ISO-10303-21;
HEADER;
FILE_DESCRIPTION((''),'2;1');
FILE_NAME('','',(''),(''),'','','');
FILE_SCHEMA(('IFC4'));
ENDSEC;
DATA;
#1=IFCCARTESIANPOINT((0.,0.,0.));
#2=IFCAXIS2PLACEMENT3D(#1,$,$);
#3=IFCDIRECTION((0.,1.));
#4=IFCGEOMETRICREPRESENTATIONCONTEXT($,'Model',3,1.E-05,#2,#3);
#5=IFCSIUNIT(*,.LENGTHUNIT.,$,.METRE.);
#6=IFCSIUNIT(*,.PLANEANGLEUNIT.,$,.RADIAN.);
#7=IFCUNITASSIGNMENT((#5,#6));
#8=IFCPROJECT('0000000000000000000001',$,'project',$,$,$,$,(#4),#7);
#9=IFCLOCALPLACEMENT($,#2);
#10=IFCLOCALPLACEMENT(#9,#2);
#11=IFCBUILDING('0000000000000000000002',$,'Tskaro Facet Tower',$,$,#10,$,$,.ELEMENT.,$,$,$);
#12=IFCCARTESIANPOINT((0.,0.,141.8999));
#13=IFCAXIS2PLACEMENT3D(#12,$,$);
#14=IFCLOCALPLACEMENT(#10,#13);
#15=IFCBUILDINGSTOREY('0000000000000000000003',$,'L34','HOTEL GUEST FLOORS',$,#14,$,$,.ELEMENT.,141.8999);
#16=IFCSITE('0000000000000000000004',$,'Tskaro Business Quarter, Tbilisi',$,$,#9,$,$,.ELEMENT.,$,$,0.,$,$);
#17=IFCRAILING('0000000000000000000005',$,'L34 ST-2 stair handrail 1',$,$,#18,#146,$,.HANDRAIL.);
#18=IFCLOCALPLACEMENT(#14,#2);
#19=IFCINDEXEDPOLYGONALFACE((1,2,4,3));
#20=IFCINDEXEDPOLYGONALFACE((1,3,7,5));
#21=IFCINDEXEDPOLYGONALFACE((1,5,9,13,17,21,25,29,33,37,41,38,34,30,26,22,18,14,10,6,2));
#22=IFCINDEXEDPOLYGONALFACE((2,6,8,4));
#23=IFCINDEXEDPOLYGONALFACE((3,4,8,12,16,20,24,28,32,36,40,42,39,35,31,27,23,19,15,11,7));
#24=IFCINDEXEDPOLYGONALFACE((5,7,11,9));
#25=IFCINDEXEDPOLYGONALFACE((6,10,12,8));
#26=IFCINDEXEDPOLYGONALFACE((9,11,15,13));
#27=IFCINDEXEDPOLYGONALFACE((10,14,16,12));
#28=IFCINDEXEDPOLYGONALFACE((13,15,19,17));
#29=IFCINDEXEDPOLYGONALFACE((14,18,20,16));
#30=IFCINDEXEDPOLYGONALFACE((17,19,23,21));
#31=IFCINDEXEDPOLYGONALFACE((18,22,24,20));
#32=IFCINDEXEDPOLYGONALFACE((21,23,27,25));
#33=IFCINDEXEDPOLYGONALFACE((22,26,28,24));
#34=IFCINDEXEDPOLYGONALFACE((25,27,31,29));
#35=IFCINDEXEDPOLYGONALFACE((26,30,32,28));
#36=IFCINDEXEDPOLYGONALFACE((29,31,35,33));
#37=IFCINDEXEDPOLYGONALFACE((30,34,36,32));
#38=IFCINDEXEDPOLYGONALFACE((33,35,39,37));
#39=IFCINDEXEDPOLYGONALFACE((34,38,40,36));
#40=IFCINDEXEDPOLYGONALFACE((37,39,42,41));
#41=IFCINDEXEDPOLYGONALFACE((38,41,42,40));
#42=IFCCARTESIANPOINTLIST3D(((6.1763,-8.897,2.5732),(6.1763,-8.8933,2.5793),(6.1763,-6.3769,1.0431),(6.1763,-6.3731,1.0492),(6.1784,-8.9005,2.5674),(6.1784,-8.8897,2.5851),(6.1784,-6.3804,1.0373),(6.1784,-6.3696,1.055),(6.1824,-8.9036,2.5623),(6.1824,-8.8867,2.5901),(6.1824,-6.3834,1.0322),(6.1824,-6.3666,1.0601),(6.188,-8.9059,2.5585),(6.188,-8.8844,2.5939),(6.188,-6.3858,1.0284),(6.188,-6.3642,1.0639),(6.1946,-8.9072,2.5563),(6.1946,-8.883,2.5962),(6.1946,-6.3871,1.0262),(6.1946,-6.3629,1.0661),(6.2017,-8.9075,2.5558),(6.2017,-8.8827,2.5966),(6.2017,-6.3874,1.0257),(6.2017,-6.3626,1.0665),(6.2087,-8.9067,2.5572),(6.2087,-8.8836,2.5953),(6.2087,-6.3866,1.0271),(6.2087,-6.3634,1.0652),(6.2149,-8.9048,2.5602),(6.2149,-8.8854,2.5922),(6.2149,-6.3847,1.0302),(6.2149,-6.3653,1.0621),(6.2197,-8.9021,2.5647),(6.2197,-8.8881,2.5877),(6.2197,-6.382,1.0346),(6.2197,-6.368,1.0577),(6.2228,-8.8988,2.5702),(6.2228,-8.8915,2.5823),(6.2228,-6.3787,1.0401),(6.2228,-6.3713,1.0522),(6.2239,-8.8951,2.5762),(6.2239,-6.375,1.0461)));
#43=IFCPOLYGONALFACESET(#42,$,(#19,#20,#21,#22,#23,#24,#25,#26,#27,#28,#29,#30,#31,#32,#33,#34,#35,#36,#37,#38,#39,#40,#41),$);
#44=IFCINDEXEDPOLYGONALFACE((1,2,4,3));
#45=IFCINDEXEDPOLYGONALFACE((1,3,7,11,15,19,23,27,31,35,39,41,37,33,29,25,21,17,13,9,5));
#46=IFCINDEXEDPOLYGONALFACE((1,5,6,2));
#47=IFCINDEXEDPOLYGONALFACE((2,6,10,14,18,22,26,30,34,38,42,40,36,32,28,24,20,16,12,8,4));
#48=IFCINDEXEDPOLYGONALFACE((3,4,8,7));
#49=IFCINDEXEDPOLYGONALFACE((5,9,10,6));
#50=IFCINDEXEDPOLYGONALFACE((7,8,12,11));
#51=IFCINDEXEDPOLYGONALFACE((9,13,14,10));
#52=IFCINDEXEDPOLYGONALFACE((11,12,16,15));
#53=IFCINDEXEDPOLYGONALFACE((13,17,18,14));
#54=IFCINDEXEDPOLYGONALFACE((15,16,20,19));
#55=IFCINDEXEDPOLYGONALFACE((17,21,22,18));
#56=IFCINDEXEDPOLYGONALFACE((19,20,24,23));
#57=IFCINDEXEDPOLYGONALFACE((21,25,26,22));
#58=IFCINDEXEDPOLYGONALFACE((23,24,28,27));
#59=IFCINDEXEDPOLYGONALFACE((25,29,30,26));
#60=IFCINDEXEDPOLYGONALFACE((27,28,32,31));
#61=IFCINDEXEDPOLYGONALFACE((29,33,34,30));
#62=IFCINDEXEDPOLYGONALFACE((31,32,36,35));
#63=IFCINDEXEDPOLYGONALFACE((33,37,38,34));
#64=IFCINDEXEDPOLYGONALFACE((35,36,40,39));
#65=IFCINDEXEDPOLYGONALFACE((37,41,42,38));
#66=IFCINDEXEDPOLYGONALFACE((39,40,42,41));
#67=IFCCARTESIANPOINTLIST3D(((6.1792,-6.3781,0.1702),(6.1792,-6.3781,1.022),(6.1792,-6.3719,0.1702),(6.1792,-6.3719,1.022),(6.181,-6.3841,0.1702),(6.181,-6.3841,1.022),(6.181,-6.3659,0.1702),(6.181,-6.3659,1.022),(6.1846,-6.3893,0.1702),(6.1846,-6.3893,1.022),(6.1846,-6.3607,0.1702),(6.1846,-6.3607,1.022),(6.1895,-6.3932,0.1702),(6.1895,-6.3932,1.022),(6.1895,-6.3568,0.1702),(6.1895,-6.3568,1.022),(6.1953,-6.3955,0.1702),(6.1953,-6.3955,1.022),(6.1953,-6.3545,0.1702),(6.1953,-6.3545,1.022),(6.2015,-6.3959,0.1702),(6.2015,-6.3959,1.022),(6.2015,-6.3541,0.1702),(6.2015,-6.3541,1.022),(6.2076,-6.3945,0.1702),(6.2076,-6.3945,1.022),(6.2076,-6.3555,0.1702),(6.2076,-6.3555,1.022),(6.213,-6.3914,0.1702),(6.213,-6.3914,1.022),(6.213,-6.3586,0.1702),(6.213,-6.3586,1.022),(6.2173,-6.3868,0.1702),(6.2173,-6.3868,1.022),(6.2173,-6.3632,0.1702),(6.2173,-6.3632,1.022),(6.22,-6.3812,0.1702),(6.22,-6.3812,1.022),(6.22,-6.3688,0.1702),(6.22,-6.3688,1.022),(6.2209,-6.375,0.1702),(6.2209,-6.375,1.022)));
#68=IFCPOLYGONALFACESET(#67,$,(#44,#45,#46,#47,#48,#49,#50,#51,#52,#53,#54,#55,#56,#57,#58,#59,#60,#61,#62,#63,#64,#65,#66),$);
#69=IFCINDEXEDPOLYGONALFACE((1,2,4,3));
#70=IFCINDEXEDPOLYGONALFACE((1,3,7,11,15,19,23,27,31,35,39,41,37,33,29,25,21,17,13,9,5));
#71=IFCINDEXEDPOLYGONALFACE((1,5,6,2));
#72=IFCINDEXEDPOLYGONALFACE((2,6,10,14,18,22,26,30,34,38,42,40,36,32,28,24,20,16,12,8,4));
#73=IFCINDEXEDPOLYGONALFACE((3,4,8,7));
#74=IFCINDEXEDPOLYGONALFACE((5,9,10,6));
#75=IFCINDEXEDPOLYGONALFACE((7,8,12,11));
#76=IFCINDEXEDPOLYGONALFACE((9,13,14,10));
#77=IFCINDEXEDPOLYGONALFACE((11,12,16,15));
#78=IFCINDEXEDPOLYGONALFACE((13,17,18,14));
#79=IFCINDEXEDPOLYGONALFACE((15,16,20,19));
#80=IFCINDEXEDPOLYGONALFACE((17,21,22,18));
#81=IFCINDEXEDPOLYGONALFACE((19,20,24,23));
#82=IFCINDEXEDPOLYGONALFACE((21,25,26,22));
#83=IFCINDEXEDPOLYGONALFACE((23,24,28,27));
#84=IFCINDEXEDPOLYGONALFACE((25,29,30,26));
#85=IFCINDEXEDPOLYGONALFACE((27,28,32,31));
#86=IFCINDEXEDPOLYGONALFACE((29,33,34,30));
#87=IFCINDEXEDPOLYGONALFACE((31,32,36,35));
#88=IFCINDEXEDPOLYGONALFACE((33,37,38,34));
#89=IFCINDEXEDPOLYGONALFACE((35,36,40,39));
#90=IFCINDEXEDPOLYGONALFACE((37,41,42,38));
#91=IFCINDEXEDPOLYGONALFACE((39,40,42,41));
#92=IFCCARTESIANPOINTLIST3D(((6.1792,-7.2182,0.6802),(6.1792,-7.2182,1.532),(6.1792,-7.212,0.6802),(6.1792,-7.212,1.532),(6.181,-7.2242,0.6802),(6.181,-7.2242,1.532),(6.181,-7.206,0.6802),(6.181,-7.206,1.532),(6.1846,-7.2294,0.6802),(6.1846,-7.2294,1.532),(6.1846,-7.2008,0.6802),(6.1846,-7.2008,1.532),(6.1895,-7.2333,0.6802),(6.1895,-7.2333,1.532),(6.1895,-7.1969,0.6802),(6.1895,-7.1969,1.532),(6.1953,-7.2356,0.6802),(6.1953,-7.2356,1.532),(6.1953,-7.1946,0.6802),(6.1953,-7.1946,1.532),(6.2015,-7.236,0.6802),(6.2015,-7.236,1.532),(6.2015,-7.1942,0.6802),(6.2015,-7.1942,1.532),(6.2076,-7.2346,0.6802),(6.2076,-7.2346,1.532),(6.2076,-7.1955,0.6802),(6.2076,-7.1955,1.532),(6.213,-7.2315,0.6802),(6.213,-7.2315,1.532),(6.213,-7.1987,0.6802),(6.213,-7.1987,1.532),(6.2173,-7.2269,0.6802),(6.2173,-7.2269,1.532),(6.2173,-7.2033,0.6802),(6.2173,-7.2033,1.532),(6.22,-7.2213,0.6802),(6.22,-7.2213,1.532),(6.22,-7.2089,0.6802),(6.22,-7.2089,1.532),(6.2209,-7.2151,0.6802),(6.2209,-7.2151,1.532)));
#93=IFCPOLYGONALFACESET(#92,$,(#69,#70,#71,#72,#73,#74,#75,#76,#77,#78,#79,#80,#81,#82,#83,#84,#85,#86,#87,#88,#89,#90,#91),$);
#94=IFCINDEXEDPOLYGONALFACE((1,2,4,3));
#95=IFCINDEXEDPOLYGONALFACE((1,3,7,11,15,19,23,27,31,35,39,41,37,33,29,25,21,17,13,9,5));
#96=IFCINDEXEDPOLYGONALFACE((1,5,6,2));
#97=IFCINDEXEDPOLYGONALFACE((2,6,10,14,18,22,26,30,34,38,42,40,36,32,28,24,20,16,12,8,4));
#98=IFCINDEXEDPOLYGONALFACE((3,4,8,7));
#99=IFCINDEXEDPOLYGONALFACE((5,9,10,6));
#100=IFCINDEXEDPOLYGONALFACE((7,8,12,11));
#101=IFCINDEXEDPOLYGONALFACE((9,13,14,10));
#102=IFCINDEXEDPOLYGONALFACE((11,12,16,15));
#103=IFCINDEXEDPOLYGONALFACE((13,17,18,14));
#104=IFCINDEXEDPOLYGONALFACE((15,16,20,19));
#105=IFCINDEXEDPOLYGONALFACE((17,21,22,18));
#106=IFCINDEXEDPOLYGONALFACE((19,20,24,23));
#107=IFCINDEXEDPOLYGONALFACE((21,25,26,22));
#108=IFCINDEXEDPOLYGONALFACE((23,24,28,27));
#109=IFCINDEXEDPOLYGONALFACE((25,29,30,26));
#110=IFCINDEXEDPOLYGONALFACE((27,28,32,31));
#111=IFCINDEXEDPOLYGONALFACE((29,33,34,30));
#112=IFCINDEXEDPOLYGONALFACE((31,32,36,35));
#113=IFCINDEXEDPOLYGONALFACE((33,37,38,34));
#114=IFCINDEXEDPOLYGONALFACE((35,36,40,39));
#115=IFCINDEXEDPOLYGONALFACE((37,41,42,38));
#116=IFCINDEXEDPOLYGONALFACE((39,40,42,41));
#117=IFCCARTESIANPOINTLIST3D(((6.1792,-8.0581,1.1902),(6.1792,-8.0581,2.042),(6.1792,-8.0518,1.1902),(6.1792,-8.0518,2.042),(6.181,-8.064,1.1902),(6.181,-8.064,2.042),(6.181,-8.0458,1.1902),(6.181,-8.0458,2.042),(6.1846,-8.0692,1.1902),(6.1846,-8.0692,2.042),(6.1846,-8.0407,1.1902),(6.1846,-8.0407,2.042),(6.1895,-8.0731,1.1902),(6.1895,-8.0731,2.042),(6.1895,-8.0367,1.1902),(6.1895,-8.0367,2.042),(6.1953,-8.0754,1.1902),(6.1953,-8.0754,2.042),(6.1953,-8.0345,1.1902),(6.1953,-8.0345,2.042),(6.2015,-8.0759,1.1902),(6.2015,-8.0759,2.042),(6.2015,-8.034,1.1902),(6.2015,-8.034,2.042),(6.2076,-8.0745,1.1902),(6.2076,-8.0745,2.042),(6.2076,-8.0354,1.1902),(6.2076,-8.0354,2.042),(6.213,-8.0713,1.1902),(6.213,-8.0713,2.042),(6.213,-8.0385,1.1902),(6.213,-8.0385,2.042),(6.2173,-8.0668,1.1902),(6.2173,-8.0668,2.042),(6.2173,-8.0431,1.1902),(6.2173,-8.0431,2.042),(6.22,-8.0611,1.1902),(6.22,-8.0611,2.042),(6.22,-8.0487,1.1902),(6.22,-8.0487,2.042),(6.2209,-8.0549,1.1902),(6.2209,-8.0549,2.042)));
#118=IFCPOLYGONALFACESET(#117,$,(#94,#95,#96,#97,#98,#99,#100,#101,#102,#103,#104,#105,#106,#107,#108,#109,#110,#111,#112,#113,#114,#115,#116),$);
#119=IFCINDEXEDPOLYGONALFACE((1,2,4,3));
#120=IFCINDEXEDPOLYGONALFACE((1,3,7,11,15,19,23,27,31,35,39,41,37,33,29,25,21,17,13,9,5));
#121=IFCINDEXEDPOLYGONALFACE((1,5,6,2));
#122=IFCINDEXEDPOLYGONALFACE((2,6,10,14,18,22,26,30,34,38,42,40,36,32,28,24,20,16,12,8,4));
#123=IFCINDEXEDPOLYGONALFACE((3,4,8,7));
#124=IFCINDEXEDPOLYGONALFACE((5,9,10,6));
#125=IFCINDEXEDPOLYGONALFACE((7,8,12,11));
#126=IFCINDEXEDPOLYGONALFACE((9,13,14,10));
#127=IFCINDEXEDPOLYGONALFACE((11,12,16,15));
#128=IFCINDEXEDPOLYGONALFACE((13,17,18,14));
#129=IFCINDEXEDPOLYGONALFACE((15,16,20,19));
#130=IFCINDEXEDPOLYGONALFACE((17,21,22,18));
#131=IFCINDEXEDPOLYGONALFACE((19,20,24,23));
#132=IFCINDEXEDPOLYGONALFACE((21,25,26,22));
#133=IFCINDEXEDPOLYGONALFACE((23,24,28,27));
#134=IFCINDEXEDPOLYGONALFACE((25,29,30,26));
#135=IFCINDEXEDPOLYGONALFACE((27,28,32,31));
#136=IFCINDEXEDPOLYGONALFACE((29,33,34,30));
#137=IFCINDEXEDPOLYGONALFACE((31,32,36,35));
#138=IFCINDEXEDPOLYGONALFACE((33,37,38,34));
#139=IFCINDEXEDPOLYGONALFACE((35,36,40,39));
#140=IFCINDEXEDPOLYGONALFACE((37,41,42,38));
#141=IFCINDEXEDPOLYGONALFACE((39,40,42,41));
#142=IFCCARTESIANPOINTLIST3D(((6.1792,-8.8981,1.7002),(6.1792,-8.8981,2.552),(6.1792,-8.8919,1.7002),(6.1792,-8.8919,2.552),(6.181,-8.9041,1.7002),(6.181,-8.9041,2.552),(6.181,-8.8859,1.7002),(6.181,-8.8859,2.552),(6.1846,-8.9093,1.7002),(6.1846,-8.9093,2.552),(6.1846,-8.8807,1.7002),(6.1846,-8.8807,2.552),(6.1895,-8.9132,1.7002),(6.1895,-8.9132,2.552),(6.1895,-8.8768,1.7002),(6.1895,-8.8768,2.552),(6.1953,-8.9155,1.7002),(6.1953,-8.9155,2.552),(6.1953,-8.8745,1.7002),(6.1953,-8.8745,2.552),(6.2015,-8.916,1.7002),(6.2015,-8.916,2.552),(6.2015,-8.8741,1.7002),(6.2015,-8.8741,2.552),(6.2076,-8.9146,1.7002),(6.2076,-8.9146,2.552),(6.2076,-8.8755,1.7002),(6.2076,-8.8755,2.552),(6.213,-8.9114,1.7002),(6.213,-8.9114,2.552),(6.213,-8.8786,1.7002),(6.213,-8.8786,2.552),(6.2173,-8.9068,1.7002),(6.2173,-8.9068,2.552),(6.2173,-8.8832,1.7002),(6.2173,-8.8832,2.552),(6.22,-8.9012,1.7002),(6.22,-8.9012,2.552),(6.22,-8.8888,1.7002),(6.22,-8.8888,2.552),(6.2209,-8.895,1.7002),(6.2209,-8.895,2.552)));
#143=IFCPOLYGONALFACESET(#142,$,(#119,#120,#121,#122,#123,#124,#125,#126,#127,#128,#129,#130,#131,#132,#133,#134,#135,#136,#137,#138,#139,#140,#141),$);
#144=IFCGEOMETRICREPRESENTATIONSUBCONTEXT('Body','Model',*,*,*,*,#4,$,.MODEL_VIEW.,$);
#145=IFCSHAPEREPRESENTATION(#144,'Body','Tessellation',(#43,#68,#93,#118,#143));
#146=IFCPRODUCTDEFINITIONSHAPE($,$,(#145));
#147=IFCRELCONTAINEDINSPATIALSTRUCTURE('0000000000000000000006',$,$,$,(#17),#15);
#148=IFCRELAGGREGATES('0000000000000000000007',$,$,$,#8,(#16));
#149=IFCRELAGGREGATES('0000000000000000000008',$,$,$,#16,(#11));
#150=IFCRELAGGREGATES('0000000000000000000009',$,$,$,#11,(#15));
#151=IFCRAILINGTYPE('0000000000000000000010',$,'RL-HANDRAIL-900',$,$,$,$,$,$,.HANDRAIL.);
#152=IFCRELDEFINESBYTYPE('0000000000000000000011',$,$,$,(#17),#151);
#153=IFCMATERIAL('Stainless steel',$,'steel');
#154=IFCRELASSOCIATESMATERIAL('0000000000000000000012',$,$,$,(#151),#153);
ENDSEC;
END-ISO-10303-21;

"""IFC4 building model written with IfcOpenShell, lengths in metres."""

from ifc_helpers import new_model, si_unit, direction, frame, origin, origin_2d, place, context, subcontext, project, spatial, circle, extrude, material, type_object, element, save


model = new_model("IFC4")

# Units and contexts
model_context = context("Model", 3, precision=1e-05, world=origin(), true_north=direction((0.0, 1.0)))
body_context = subcontext(model_context, "Body", "Model", "MODEL_VIEW")
ifc_project = project(units=[si_unit("LENGTHUNIT", "METRE"), si_unit("PLANEANGLEUNIT", "RADIAN")], contexts=[model_context])

# Site, building, storey
site_placement = place(None, origin())
site = spatial("IfcSite", under=ifc_project, at=site_placement, Name="Tskaro Business Quarter, Tbilisi", CompositionType="ELEMENT", RefElevation=0.0)
building_placement = place(site_placement, origin())
building = spatial("IfcBuilding", under=site, at=building_placement, Name="Tskaro Facet Tower", CompositionType="ELEMENT")
storey_placement = place(building_placement, frame((0.0, 0.0, 141.8999)))
storey = spatial("IfcBuildingStorey", under=building, at=storey_placement, Name="L34", Description="HOTEL GUEST FLOORS", CompositionType="ELEMENT", Elevation=141.8999)

# Railing
ifc_material_1 = material(Name="Stainless steel", Category="steel")
railing_type_1 = type_object("IfcRailingType", Name="RL-HANDRAIL-900", PredefinedType="HANDRAIL", material=ifc_material_1)
railing_1_placement = place(storey_placement, frame((6.2, -6.375, 0.1702)))
element("IfcRailing", 1, at=railing_1_placement, inside=storey, type_object=railing_type_1, Name="L34 ST-2 stair handrail 1", PredefinedType="HANDRAIL", context=body_context, shape_type="SweptSolid", body=[
    extrude(circle(Radius=0.0239, at=origin_2d()), frame((0.0, 0.0, 0.876), z_axis=(0.0, -0.854785, 0.518982), x_axis=(1.0, 0.0, 0.0)), (0.0, 0.0, 1.0), 2.9482),
    extrude(circle(Radius=0.021, at=origin_2d()), origin(), (0.0, 0.0, 1.0), 0.8518),
    extrude(circle(Radius=0.021, at=origin_2d()), frame((0.0, -0.8401, 0.51)), (0.0, 0.0, 1.0), 0.8518),
    extrude(circle(Radius=0.021, at=origin_2d()), frame((0.0, -1.6799, 1.02)), (0.0, 0.0, 1.0), 0.8518),
    extrude(circle(Radius=0.021, at=origin_2d()), frame((0.0, -2.52, 1.53)), (0.0, 0.0, 1.0), 0.8518),
])

save(model, "model.ifc")
